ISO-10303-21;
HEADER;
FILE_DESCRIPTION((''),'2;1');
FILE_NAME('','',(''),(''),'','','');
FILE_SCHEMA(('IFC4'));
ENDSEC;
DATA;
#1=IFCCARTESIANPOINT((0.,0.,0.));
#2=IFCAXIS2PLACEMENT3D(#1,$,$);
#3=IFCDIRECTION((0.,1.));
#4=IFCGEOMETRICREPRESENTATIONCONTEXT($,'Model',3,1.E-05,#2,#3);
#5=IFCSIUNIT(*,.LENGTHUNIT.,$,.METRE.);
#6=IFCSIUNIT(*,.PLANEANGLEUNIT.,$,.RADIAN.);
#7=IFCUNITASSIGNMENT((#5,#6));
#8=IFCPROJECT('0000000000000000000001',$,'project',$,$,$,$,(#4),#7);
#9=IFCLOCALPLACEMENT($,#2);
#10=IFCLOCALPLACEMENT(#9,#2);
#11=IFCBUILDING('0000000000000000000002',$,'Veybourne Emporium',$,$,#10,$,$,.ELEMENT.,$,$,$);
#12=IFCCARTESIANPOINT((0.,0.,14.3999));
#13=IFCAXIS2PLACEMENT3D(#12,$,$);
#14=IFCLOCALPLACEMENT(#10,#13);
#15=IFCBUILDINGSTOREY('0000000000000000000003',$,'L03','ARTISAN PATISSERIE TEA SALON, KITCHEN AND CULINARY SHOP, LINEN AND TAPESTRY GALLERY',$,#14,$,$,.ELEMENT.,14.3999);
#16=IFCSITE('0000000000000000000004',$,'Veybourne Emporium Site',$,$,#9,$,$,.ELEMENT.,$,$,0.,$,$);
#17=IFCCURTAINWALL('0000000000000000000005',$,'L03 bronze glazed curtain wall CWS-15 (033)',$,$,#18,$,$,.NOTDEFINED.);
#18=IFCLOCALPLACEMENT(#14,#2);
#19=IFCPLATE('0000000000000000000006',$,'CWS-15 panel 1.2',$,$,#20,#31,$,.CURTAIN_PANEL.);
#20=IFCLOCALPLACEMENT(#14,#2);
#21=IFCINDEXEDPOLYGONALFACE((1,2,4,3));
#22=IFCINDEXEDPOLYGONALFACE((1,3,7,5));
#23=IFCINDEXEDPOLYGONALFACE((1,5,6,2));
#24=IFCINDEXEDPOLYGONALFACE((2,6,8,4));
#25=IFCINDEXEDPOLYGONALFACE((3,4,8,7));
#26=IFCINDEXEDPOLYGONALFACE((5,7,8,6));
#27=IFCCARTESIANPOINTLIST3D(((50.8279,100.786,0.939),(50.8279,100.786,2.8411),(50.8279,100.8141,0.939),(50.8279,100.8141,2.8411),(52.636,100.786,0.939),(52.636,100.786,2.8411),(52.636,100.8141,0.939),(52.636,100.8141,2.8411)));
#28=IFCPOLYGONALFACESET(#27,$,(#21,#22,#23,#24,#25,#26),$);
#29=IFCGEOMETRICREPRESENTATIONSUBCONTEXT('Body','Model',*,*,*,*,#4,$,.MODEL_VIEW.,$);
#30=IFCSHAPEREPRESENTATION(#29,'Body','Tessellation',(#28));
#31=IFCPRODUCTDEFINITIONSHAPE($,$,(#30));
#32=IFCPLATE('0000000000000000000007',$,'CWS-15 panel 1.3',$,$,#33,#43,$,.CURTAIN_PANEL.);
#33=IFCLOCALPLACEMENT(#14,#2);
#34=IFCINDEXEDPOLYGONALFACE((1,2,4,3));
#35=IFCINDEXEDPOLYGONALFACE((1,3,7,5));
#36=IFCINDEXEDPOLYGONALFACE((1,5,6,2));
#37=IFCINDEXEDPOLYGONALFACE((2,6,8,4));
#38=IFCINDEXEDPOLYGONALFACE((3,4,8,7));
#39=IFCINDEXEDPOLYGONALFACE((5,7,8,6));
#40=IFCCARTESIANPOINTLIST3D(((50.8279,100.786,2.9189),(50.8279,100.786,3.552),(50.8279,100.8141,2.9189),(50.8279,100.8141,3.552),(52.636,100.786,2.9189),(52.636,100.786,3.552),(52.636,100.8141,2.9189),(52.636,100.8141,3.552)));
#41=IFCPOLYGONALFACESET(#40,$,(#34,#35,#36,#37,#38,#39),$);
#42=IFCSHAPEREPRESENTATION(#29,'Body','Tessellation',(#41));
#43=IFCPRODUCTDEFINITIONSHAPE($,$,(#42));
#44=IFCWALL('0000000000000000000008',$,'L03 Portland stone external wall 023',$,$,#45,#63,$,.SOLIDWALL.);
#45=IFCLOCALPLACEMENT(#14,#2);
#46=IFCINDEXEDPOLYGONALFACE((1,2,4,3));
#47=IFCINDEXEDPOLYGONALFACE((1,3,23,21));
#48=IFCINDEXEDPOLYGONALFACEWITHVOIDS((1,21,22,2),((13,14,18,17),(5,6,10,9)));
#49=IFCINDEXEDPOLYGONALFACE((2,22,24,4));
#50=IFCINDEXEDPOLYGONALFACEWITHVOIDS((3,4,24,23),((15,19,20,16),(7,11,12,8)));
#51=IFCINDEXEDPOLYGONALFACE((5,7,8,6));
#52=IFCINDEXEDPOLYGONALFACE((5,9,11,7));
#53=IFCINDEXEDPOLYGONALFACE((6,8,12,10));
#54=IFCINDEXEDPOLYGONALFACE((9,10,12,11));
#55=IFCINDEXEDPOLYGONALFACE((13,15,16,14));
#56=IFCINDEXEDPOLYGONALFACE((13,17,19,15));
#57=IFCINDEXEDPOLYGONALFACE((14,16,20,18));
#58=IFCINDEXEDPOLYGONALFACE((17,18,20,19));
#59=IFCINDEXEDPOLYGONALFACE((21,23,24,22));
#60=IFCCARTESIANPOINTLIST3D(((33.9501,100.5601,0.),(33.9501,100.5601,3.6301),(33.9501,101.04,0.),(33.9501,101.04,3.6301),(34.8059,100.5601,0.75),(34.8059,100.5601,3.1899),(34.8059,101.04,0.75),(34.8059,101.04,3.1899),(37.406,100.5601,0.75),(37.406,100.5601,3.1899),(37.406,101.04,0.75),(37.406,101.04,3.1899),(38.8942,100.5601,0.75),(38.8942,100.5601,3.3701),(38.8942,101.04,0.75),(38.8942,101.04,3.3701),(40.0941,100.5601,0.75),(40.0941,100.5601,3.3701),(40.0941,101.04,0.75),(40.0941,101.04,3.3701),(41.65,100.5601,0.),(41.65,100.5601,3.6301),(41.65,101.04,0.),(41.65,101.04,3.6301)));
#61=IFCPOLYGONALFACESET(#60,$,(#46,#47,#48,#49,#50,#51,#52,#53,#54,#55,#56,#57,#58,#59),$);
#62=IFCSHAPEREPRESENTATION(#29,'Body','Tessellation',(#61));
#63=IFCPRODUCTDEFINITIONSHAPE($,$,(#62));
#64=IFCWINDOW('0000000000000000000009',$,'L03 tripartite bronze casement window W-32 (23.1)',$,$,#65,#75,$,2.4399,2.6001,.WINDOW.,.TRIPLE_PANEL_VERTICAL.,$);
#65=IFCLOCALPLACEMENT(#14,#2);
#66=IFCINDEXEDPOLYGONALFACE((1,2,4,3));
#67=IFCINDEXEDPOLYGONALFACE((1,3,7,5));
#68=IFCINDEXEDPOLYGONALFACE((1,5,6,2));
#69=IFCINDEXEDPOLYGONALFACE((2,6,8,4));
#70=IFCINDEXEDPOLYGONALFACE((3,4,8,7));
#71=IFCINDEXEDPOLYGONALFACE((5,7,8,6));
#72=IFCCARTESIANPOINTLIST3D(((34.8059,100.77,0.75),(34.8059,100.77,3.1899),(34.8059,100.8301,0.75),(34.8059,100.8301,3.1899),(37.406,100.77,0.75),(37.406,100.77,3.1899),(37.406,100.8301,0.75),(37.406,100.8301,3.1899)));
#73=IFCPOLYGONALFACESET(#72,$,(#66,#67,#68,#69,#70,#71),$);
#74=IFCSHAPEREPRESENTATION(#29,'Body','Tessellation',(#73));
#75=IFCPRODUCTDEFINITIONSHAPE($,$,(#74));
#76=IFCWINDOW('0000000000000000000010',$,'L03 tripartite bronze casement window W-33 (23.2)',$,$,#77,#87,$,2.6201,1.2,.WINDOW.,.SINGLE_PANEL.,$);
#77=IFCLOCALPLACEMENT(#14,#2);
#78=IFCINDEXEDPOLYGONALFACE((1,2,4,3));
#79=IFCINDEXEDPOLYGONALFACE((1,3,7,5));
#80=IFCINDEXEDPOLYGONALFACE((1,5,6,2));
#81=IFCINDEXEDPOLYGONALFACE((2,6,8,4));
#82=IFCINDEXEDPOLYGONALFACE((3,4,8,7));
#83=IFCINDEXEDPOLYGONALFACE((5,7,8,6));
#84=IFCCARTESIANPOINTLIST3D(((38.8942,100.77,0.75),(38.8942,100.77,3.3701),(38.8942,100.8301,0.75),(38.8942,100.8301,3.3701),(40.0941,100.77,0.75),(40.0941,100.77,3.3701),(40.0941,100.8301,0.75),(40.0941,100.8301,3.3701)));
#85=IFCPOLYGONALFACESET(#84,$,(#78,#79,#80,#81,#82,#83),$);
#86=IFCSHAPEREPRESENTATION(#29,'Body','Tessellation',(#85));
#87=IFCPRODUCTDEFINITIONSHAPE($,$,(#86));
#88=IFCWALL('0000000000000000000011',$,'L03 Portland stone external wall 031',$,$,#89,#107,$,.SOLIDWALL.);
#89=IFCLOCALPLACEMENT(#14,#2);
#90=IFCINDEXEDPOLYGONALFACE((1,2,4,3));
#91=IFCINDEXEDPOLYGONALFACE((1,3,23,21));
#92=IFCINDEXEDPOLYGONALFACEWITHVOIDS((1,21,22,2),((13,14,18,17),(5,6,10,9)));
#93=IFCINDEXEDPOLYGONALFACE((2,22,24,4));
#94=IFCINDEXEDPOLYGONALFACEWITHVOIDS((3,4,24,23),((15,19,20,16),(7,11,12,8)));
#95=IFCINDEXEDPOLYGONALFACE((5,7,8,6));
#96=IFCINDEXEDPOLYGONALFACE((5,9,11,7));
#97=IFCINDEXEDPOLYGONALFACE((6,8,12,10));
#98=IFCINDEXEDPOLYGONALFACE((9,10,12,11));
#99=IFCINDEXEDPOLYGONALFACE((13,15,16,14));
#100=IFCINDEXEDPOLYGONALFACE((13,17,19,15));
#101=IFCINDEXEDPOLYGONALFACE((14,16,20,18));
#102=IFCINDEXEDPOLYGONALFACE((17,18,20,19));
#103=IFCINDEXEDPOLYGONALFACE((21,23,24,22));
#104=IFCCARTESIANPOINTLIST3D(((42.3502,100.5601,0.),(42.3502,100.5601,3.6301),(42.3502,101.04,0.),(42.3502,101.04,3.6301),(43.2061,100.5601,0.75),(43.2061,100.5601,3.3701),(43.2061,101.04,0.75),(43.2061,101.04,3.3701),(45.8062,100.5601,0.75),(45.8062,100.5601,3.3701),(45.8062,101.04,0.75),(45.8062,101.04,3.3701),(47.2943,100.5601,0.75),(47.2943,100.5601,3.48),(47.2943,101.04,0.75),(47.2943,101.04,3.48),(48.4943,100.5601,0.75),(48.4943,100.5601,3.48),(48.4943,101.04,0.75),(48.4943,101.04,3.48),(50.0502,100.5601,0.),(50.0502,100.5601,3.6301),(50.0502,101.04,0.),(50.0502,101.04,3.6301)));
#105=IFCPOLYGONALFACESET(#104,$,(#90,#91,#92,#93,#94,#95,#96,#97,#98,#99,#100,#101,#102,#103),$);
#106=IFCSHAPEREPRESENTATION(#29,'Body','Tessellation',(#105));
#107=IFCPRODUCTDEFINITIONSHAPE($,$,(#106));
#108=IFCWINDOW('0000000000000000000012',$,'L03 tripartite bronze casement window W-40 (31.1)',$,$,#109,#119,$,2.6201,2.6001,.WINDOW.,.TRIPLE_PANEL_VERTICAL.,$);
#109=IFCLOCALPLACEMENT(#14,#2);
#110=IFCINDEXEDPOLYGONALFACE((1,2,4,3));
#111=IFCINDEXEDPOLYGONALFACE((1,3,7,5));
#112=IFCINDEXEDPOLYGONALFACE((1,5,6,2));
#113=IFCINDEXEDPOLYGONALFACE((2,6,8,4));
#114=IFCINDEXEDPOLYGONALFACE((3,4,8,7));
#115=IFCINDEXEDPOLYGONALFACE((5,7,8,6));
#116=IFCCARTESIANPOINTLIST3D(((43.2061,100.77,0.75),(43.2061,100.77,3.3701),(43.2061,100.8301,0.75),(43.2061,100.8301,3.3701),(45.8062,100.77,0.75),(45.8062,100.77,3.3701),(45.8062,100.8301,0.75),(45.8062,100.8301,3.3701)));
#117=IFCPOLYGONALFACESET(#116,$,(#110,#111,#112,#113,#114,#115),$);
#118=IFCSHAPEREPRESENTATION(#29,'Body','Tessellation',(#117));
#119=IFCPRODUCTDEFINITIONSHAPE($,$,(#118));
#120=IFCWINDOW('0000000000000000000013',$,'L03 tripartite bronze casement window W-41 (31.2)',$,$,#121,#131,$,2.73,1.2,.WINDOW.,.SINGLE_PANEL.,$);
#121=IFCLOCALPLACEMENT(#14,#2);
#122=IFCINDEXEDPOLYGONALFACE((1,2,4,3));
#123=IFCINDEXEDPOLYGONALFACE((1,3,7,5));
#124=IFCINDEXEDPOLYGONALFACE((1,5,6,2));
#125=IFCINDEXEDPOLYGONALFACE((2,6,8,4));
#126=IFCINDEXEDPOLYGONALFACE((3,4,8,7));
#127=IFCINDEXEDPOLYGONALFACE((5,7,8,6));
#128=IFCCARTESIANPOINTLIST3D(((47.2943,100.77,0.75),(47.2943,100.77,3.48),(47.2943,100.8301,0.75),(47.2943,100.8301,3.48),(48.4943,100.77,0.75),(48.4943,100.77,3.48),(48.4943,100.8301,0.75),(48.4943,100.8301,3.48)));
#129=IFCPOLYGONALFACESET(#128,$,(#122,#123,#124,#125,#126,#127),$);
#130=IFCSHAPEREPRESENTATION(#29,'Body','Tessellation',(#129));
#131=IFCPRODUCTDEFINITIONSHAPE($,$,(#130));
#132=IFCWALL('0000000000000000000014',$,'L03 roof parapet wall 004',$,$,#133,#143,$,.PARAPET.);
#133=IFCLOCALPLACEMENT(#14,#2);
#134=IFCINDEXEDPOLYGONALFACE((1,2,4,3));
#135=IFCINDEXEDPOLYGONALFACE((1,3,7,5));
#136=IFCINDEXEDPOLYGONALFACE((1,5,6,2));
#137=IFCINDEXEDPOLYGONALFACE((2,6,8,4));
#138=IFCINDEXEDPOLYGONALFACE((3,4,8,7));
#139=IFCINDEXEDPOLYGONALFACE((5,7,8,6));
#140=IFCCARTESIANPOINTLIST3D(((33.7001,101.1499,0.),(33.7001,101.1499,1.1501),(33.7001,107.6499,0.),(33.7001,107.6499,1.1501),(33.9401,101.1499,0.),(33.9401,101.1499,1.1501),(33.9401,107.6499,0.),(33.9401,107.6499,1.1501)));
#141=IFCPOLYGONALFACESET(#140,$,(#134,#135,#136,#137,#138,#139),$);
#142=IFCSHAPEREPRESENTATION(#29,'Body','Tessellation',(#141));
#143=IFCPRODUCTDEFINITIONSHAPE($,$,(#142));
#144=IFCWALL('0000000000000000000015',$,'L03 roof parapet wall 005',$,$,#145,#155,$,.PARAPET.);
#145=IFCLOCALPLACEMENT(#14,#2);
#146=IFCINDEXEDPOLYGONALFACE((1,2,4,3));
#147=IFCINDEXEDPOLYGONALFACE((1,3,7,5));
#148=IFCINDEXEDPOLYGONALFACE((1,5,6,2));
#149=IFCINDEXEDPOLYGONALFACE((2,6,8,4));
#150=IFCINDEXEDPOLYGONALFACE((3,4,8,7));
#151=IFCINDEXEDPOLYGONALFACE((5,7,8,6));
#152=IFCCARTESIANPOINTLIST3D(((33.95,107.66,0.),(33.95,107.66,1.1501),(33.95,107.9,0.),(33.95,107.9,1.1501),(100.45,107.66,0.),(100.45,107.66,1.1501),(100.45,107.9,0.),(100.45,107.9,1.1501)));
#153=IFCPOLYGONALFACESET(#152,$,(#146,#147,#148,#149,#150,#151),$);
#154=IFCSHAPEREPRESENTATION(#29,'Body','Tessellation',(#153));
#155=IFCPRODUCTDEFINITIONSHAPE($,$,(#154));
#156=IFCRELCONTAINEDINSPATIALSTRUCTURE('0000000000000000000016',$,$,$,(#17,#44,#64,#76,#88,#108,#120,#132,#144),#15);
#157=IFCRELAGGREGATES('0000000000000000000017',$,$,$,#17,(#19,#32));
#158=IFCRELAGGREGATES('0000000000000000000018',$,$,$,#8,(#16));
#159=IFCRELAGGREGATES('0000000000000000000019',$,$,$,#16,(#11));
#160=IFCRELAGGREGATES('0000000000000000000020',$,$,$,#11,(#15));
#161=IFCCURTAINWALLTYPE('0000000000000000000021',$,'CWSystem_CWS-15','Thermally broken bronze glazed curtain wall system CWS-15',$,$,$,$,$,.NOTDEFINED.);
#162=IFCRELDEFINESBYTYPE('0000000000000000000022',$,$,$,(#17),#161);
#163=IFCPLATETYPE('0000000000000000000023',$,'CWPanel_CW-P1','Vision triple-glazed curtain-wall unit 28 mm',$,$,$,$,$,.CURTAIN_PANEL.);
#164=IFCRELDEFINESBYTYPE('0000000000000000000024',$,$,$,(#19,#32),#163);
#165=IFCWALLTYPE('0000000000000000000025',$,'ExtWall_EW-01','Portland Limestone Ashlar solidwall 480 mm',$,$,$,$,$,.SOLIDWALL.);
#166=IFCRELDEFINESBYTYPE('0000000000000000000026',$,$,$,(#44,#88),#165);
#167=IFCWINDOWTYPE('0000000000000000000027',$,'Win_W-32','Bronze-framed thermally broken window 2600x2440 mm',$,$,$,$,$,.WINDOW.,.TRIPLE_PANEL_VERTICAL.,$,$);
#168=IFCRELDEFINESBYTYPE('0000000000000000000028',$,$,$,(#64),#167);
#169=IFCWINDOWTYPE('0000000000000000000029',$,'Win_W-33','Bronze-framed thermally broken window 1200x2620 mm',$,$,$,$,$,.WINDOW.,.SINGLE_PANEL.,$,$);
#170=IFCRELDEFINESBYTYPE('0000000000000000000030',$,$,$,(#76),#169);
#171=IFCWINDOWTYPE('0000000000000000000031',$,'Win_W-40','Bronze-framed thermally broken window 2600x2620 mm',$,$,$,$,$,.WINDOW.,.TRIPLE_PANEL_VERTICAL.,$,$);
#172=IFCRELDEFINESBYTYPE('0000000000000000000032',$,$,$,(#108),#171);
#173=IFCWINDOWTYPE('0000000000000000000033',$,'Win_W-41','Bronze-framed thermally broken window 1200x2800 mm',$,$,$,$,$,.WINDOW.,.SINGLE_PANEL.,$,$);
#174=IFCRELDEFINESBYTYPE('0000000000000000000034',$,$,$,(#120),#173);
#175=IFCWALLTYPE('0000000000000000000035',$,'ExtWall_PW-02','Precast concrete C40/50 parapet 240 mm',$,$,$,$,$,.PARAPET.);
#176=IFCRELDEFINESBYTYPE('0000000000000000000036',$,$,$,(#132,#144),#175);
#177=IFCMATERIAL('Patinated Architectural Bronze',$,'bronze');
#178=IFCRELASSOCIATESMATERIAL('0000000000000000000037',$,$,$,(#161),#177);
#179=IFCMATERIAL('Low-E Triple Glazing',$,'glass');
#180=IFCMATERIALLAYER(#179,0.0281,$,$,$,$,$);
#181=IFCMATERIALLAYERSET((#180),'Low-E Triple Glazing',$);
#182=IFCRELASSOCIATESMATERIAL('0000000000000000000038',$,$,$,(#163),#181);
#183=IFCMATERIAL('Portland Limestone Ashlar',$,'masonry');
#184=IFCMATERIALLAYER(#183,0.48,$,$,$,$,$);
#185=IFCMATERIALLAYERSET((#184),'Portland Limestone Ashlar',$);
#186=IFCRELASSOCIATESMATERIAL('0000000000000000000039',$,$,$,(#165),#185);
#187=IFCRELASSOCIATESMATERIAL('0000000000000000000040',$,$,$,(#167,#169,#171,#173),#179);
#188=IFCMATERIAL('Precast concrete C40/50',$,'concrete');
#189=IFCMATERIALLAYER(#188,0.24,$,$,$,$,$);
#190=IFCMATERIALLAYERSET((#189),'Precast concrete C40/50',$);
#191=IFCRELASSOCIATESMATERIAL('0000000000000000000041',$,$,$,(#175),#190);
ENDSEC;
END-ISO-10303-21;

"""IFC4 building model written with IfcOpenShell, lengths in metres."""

from ifc_helpers import new_model, si_unit, direction, frame, frame_2d, origin, origin_2d, place, context, subcontext, project, spatial, rectangle, extrude, material, layer, layer_set, type_object, element, fill, aggregate, save


model = new_model("IFC4")

# Units and contexts
model_context = context("Model", 3, precision=1e-05, world=origin(), true_north=direction((0.0, 1.0)))
body_context = subcontext(model_context, "Body", "Model", "MODEL_VIEW")
ifc_project = project(units=[si_unit("LENGTHUNIT", "METRE"), si_unit("PLANEANGLEUNIT", "RADIAN")], contexts=[model_context])

# Site, building, storey
site_placement = place(None, origin())
site = spatial("IfcSite", under=ifc_project, at=site_placement, Name="Veybourne Emporium Site", CompositionType="ELEMENT", RefElevation=0.0)
building_placement = place(site_placement, origin())
building = spatial("IfcBuilding", under=site, at=building_placement, Name="Veybourne Emporium", CompositionType="ELEMENT")
storey_placement = place(building_placement, frame((0.0, 0.0, 14.3999)))
storey = spatial("IfcBuildingStorey", under=building, at=storey_placement, Name="L03", Description="ARTISAN PATISSERIE TEA SALON, KITCHEN AND CULINARY SHOP, LINEN AND TAPESTRY GALLERY", CompositionType="ELEMENT", Elevation=14.3999)

# Curtain wall
ifc_material_1 = material(Name="Patinated Architectural Bronze", Category="bronze")
curtain_wall_type = type_object("IfcCurtainWallType", Name="CWSystem_CWS-15", Description="Thermally broken bronze glazed curtain wall system CWS-15", PredefinedType="NOTDEFINED", material=ifc_material_1)
curtain_wall_placement = place(storey_placement, origin())
curtain_wall = element("IfcCurtainWall", 1, at=curtain_wall_placement, inside=storey, type_object=curtain_wall_type, Name="L03 bronze glazed curtain wall CWS-15 (033)", PredefinedType="NOTDEFINED")

# Plates
ifc_material_2 = material(Name="Low-E Triple Glazing", Category="glass")
ifc_layer_1 = layer(ifc_material_2, 0.0281)
ifc_layer_set_1 = layer_set([ifc_layer_1], Name="Low-E Triple Glazing")
plate_type = type_object("IfcPlateType", Name="CWPanel_CW-P1", Description="Vision triple-glazed curtain-wall unit 28 mm", PredefinedType="CURTAIN_PANEL", material=ifc_layer_set_1)
plate_1_placement = place(storey_placement, frame((51.7319, 100.8, 0.939), z_axis=(0.0, 0.0, 1.0), x_axis=(1.0, 0.0, 0.0)))
plate_1 = element("IfcPlate", 2, at=plate_1_placement, type_object=plate_type, Name="CWS-15 panel 1.2", PredefinedType="CURTAIN_PANEL", context=body_context, shape_type="SweptSolid", body=[
    extrude(rectangle(XDim=1.8081, YDim=0.0281, at=origin_2d()), origin(), (0.0, 0.0, 1.0), 1.9021),
])
plate_2_placement = place(storey_placement, frame((51.7319, 100.8, 2.9189), z_axis=(0.0, 0.0, 1.0), x_axis=(1.0, 0.0, 0.0)))
plate_2 = element("IfcPlate", 3, at=plate_2_placement, type_object=plate_type, Name="CWS-15 panel 1.3", PredefinedType="CURTAIN_PANEL", context=body_context, shape_type="SweptSolid", body=[
    extrude(rectangle(XDim=1.8081, YDim=0.0281, at=origin_2d()), origin(), (0.0, 0.0, 1.0), 0.6331),
])
aggregate(curtain_wall, [plate_1, plate_2])

# Walls, openings, windows
ifc_material_3 = material(Name="Portland Limestone Ashlar", Category="masonry")
ifc_layer_2 = layer(ifc_material_3, 0.48)
ifc_layer_set_2 = layer_set([ifc_layer_2], Name="Portland Limestone Ashlar")
wall_type_1 = type_object("IfcWallType", Name="ExtWall_EW-01", Description="Portland Limestone Ashlar solidwall 480 mm", PredefinedType="SOLIDWALL", material=ifc_layer_set_2)
wall_1_placement = place(storey_placement, frame((33.95, 100.8, 0.0), z_axis=(0.0, 0.0, 1.0), x_axis=(1.0, 0.0, 0.0)))
wall_1 = element("IfcWall", 4, at=wall_1_placement, inside=storey, type_object=wall_type_1, Name="L03 Portland stone external wall 023", PredefinedType="SOLIDWALL", context=body_context, shape_type="SweptSolid", body=[
    extrude(rectangle(XDim=7.7, YDim=0.48, at=frame_2d((3.8501, 0.0))), origin(), (0.0, 0.0, 1.0), 3.6301),
])
opening_1_placement = place(wall_1_placement, frame((0.856, 0.0, 0.75)))
opening_1 = element("IfcOpeningElement", 5, at=opening_1_placement, cuts=wall_1, PredefinedType="OPENING", context=body_context, shape_type="SweptSolid", body=[
    extrude(rectangle(XDim=2.6001, YDim=2.4399, at=frame_2d((1.3, 1.22))), frame((0.0, 0.26, 0.0), z_axis=(0.0, -1.0, 0.0), x_axis=(1.0, 0.0, 0.0)), (0.0, 0.0, 1.0), 0.52),
])
opening_2_placement = place(wall_1_placement, frame((4.9441, 0.0, 0.75)))
opening_2 = element("IfcOpeningElement", 6, at=opening_2_placement, cuts=wall_1, PredefinedType="OPENING", context=body_context, shape_type="SweptSolid", body=[
    extrude(rectangle(XDim=1.2, YDim=2.6201, at=frame_2d((0.6001, 1.3101))), frame((0.0, 0.26, 0.0), z_axis=(0.0, -1.0, 0.0), x_axis=(1.0, 0.0, 0.0)), (0.0, 0.0, 1.0), 0.52),
])
window_type_1 = type_object("IfcWindowType", Name="Win_W-32", Description="Bronze-framed thermally broken window 2600x2440 mm", PartitioningType="TRIPLE_PANEL_VERTICAL", PredefinedType="WINDOW", material=ifc_material_2)
window_1_placement = place(opening_1_placement, origin())
window_1 = element("IfcWindow", 7, at=window_1_placement, inside=storey, type_object=window_type_1, Name="L03 tripartite bronze casement window W-32 (23.1)", OverallHeight=2.4399, OverallWidth=2.6001, PartitioningType="TRIPLE_PANEL_VERTICAL", PredefinedType="WINDOW", context=body_context, shape_type="SweptSolid", body=[
    extrude(rectangle(XDim=2.6001, YDim=2.4399, at=frame_2d((1.3, 1.22))), frame((0.0, 0.03, 0.0), z_axis=(0.0, -1.0, 0.0), x_axis=(1.0, 0.0, 0.0)), (0.0, 0.0, 1.0), 0.0601),
])
fill(opening_1, window_1)
window_type_2 = type_object("IfcWindowType", Name="Win_W-33", Description="Bronze-framed thermally broken window 1200x2620 mm", PartitioningType="SINGLE_PANEL", PredefinedType="WINDOW", material=ifc_material_2)
window_2_placement = place(opening_2_placement, origin())
window_2 = element("IfcWindow", 8, at=window_2_placement, inside=storey, type_object=window_type_2, Name="L03 tripartite bronze casement window W-33 (23.2)", OverallHeight=2.6201, OverallWidth=1.2, PartitioningType="SINGLE_PANEL", PredefinedType="WINDOW", context=body_context, shape_type="SweptSolid", body=[
    extrude(rectangle(XDim=1.2, YDim=2.6201, at=frame_2d((0.6001, 1.3101))), frame((0.0, 0.03, 0.0), z_axis=(0.0, -1.0, 0.0), x_axis=(1.0, 0.0, 0.0)), (0.0, 0.0, 1.0), 0.0601),
])
fill(opening_2, window_2)
wall_2_placement = place(storey_placement, frame((42.3501, 100.8, 0.0), z_axis=(0.0, 0.0, 1.0), x_axis=(1.0, 0.0, 0.0)))
wall_2 = element("IfcWall", 9, at=wall_2_placement, inside=storey, type_object=wall_type_1, Name="L03 Portland stone external wall 031", PredefinedType="SOLIDWALL", context=body_context, shape_type="SweptSolid", body=[
    extrude(rectangle(XDim=7.7, YDim=0.48, at=frame_2d((3.8501, 0.0))), origin(), (0.0, 0.0, 1.0), 3.6301),
])
opening_3_placement = place(wall_2_placement, frame((0.856, 0.0, 0.75)))
opening_3 = element("IfcOpeningElement", 10, at=opening_3_placement, cuts=wall_2, PredefinedType="OPENING", context=body_context, shape_type="SweptSolid", body=[
    extrude(rectangle(XDim=2.6001, YDim=2.6201, at=frame_2d((1.3, 1.3101))), frame((0.0, 0.26, 0.0), z_axis=(0.0, -1.0, 0.0), x_axis=(1.0, 0.0, 0.0)), (0.0, 0.0, 1.0), 0.52),
])
opening_4_placement = place(wall_2_placement, frame((4.9441, 0.0, 0.75)))
opening_4 = element("IfcOpeningElement", 11, at=opening_4_placement, cuts=wall_2, PredefinedType="OPENING", context=body_context, shape_type="SweptSolid", body=[
    extrude(rectangle(XDim=1.2, YDim=2.73, at=frame_2d((0.6001, 1.365))), frame((0.0, 0.26, 0.0), z_axis=(0.0, -1.0, 0.0), x_axis=(1.0, 0.0, 0.0)), (0.0, 0.0, 1.0), 0.52),
])
window_type_3 = type_object("IfcWindowType", Name="Win_W-40", Description="Bronze-framed thermally broken window 2600x2620 mm", PartitioningType="TRIPLE_PANEL_VERTICAL", PredefinedType="WINDOW", material=ifc_material_2)
window_3_placement = place(opening_3_placement, origin())
window_3 = element("IfcWindow", 12, at=window_3_placement, inside=storey, type_object=window_type_3, Name="L03 tripartite bronze casement window W-40 (31.1)", OverallHeight=2.6201, OverallWidth=2.6001, PartitioningType="TRIPLE_PANEL_VERTICAL", PredefinedType="WINDOW", context=body_context, shape_type="SweptSolid", body=[
    extrude(rectangle(XDim=2.6001, YDim=2.6201, at=frame_2d((1.3, 1.3101))), frame((0.0, 0.03, 0.0), z_axis=(0.0, -1.0, 0.0), x_axis=(1.0, 0.0, 0.0)), (0.0, 0.0, 1.0), 0.0601),
])
fill(opening_3, window_3)
window_type_4 = type_object("IfcWindowType", Name="Win_W-41", Description="Bronze-framed thermally broken window 1200x2800 mm", PartitioningType="SINGLE_PANEL", PredefinedType="WINDOW", material=ifc_material_2)
window_4_placement = place(opening_4_placement, origin())
window_4 = element("IfcWindow", 13, at=window_4_placement, inside=storey, type_object=window_type_4, Name="L03 tripartite bronze casement window W-41 (31.2)", OverallHeight=2.73, OverallWidth=1.2, PartitioningType="SINGLE_PANEL", PredefinedType="WINDOW", context=body_context, shape_type="SweptSolid", body=[
    extrude(rectangle(XDim=1.2, YDim=2.73, at=frame_2d((0.6001, 1.365))), frame((0.0, 0.03, 0.0), z_axis=(0.0, -1.0, 0.0), x_axis=(1.0, 0.0, 0.0)), (0.0, 0.0, 1.0), 0.0601),
])
fill(opening_4, window_4)

# Walls
ifc_material_4 = material(Name="Precast concrete C40/50", Category="concrete")
ifc_layer_3 = layer(ifc_material_4, 0.24)
ifc_layer_set_3 = layer_set([ifc_layer_3], Name="Precast concrete C40/50")
wall_type_2 = type_object("IfcWallType", Name="ExtWall_PW-02", Description="Precast concrete C40/50 parapet 240 mm", PredefinedType="PARAPET", material=ifc_layer_set_3)
wall_3_placement = place(storey_placement, frame((33.8201, 101.1499, 0.0), z_axis=(0.0, 0.0, 1.0), x_axis=(0.0, 1.0, 0.0)))
element("IfcWall", 14, at=wall_3_placement, inside=storey, type_object=wall_type_2, Name="L03 roof parapet wall 004", PredefinedType="PARAPET", context=body_context, shape_type="SweptSolid", body=[
    extrude(rectangle(XDim=6.5, YDim=0.24, at=frame_2d((3.25, 0.0))), origin(), (0.0, 0.0, 1.0), 1.1501),
])
wall_4_placement = place(storey_placement, frame((33.95, 107.78, 0.0), z_axis=(0.0, 0.0, 1.0), x_axis=(1.0, 0.0, 0.0)))
element("IfcWall", 15, at=wall_4_placement, inside=storey, type_object=wall_type_2, Name="L03 roof parapet wall 005", PredefinedType="PARAPET", context=body_context, shape_type="SweptSolid", body=[
    extrude(rectangle(XDim=66.5, YDim=0.24, at=frame_2d((33.25, 0.0))), origin(), (0.0, 0.0, 1.0), 1.1501),
])

save(model, "model.ifc")
